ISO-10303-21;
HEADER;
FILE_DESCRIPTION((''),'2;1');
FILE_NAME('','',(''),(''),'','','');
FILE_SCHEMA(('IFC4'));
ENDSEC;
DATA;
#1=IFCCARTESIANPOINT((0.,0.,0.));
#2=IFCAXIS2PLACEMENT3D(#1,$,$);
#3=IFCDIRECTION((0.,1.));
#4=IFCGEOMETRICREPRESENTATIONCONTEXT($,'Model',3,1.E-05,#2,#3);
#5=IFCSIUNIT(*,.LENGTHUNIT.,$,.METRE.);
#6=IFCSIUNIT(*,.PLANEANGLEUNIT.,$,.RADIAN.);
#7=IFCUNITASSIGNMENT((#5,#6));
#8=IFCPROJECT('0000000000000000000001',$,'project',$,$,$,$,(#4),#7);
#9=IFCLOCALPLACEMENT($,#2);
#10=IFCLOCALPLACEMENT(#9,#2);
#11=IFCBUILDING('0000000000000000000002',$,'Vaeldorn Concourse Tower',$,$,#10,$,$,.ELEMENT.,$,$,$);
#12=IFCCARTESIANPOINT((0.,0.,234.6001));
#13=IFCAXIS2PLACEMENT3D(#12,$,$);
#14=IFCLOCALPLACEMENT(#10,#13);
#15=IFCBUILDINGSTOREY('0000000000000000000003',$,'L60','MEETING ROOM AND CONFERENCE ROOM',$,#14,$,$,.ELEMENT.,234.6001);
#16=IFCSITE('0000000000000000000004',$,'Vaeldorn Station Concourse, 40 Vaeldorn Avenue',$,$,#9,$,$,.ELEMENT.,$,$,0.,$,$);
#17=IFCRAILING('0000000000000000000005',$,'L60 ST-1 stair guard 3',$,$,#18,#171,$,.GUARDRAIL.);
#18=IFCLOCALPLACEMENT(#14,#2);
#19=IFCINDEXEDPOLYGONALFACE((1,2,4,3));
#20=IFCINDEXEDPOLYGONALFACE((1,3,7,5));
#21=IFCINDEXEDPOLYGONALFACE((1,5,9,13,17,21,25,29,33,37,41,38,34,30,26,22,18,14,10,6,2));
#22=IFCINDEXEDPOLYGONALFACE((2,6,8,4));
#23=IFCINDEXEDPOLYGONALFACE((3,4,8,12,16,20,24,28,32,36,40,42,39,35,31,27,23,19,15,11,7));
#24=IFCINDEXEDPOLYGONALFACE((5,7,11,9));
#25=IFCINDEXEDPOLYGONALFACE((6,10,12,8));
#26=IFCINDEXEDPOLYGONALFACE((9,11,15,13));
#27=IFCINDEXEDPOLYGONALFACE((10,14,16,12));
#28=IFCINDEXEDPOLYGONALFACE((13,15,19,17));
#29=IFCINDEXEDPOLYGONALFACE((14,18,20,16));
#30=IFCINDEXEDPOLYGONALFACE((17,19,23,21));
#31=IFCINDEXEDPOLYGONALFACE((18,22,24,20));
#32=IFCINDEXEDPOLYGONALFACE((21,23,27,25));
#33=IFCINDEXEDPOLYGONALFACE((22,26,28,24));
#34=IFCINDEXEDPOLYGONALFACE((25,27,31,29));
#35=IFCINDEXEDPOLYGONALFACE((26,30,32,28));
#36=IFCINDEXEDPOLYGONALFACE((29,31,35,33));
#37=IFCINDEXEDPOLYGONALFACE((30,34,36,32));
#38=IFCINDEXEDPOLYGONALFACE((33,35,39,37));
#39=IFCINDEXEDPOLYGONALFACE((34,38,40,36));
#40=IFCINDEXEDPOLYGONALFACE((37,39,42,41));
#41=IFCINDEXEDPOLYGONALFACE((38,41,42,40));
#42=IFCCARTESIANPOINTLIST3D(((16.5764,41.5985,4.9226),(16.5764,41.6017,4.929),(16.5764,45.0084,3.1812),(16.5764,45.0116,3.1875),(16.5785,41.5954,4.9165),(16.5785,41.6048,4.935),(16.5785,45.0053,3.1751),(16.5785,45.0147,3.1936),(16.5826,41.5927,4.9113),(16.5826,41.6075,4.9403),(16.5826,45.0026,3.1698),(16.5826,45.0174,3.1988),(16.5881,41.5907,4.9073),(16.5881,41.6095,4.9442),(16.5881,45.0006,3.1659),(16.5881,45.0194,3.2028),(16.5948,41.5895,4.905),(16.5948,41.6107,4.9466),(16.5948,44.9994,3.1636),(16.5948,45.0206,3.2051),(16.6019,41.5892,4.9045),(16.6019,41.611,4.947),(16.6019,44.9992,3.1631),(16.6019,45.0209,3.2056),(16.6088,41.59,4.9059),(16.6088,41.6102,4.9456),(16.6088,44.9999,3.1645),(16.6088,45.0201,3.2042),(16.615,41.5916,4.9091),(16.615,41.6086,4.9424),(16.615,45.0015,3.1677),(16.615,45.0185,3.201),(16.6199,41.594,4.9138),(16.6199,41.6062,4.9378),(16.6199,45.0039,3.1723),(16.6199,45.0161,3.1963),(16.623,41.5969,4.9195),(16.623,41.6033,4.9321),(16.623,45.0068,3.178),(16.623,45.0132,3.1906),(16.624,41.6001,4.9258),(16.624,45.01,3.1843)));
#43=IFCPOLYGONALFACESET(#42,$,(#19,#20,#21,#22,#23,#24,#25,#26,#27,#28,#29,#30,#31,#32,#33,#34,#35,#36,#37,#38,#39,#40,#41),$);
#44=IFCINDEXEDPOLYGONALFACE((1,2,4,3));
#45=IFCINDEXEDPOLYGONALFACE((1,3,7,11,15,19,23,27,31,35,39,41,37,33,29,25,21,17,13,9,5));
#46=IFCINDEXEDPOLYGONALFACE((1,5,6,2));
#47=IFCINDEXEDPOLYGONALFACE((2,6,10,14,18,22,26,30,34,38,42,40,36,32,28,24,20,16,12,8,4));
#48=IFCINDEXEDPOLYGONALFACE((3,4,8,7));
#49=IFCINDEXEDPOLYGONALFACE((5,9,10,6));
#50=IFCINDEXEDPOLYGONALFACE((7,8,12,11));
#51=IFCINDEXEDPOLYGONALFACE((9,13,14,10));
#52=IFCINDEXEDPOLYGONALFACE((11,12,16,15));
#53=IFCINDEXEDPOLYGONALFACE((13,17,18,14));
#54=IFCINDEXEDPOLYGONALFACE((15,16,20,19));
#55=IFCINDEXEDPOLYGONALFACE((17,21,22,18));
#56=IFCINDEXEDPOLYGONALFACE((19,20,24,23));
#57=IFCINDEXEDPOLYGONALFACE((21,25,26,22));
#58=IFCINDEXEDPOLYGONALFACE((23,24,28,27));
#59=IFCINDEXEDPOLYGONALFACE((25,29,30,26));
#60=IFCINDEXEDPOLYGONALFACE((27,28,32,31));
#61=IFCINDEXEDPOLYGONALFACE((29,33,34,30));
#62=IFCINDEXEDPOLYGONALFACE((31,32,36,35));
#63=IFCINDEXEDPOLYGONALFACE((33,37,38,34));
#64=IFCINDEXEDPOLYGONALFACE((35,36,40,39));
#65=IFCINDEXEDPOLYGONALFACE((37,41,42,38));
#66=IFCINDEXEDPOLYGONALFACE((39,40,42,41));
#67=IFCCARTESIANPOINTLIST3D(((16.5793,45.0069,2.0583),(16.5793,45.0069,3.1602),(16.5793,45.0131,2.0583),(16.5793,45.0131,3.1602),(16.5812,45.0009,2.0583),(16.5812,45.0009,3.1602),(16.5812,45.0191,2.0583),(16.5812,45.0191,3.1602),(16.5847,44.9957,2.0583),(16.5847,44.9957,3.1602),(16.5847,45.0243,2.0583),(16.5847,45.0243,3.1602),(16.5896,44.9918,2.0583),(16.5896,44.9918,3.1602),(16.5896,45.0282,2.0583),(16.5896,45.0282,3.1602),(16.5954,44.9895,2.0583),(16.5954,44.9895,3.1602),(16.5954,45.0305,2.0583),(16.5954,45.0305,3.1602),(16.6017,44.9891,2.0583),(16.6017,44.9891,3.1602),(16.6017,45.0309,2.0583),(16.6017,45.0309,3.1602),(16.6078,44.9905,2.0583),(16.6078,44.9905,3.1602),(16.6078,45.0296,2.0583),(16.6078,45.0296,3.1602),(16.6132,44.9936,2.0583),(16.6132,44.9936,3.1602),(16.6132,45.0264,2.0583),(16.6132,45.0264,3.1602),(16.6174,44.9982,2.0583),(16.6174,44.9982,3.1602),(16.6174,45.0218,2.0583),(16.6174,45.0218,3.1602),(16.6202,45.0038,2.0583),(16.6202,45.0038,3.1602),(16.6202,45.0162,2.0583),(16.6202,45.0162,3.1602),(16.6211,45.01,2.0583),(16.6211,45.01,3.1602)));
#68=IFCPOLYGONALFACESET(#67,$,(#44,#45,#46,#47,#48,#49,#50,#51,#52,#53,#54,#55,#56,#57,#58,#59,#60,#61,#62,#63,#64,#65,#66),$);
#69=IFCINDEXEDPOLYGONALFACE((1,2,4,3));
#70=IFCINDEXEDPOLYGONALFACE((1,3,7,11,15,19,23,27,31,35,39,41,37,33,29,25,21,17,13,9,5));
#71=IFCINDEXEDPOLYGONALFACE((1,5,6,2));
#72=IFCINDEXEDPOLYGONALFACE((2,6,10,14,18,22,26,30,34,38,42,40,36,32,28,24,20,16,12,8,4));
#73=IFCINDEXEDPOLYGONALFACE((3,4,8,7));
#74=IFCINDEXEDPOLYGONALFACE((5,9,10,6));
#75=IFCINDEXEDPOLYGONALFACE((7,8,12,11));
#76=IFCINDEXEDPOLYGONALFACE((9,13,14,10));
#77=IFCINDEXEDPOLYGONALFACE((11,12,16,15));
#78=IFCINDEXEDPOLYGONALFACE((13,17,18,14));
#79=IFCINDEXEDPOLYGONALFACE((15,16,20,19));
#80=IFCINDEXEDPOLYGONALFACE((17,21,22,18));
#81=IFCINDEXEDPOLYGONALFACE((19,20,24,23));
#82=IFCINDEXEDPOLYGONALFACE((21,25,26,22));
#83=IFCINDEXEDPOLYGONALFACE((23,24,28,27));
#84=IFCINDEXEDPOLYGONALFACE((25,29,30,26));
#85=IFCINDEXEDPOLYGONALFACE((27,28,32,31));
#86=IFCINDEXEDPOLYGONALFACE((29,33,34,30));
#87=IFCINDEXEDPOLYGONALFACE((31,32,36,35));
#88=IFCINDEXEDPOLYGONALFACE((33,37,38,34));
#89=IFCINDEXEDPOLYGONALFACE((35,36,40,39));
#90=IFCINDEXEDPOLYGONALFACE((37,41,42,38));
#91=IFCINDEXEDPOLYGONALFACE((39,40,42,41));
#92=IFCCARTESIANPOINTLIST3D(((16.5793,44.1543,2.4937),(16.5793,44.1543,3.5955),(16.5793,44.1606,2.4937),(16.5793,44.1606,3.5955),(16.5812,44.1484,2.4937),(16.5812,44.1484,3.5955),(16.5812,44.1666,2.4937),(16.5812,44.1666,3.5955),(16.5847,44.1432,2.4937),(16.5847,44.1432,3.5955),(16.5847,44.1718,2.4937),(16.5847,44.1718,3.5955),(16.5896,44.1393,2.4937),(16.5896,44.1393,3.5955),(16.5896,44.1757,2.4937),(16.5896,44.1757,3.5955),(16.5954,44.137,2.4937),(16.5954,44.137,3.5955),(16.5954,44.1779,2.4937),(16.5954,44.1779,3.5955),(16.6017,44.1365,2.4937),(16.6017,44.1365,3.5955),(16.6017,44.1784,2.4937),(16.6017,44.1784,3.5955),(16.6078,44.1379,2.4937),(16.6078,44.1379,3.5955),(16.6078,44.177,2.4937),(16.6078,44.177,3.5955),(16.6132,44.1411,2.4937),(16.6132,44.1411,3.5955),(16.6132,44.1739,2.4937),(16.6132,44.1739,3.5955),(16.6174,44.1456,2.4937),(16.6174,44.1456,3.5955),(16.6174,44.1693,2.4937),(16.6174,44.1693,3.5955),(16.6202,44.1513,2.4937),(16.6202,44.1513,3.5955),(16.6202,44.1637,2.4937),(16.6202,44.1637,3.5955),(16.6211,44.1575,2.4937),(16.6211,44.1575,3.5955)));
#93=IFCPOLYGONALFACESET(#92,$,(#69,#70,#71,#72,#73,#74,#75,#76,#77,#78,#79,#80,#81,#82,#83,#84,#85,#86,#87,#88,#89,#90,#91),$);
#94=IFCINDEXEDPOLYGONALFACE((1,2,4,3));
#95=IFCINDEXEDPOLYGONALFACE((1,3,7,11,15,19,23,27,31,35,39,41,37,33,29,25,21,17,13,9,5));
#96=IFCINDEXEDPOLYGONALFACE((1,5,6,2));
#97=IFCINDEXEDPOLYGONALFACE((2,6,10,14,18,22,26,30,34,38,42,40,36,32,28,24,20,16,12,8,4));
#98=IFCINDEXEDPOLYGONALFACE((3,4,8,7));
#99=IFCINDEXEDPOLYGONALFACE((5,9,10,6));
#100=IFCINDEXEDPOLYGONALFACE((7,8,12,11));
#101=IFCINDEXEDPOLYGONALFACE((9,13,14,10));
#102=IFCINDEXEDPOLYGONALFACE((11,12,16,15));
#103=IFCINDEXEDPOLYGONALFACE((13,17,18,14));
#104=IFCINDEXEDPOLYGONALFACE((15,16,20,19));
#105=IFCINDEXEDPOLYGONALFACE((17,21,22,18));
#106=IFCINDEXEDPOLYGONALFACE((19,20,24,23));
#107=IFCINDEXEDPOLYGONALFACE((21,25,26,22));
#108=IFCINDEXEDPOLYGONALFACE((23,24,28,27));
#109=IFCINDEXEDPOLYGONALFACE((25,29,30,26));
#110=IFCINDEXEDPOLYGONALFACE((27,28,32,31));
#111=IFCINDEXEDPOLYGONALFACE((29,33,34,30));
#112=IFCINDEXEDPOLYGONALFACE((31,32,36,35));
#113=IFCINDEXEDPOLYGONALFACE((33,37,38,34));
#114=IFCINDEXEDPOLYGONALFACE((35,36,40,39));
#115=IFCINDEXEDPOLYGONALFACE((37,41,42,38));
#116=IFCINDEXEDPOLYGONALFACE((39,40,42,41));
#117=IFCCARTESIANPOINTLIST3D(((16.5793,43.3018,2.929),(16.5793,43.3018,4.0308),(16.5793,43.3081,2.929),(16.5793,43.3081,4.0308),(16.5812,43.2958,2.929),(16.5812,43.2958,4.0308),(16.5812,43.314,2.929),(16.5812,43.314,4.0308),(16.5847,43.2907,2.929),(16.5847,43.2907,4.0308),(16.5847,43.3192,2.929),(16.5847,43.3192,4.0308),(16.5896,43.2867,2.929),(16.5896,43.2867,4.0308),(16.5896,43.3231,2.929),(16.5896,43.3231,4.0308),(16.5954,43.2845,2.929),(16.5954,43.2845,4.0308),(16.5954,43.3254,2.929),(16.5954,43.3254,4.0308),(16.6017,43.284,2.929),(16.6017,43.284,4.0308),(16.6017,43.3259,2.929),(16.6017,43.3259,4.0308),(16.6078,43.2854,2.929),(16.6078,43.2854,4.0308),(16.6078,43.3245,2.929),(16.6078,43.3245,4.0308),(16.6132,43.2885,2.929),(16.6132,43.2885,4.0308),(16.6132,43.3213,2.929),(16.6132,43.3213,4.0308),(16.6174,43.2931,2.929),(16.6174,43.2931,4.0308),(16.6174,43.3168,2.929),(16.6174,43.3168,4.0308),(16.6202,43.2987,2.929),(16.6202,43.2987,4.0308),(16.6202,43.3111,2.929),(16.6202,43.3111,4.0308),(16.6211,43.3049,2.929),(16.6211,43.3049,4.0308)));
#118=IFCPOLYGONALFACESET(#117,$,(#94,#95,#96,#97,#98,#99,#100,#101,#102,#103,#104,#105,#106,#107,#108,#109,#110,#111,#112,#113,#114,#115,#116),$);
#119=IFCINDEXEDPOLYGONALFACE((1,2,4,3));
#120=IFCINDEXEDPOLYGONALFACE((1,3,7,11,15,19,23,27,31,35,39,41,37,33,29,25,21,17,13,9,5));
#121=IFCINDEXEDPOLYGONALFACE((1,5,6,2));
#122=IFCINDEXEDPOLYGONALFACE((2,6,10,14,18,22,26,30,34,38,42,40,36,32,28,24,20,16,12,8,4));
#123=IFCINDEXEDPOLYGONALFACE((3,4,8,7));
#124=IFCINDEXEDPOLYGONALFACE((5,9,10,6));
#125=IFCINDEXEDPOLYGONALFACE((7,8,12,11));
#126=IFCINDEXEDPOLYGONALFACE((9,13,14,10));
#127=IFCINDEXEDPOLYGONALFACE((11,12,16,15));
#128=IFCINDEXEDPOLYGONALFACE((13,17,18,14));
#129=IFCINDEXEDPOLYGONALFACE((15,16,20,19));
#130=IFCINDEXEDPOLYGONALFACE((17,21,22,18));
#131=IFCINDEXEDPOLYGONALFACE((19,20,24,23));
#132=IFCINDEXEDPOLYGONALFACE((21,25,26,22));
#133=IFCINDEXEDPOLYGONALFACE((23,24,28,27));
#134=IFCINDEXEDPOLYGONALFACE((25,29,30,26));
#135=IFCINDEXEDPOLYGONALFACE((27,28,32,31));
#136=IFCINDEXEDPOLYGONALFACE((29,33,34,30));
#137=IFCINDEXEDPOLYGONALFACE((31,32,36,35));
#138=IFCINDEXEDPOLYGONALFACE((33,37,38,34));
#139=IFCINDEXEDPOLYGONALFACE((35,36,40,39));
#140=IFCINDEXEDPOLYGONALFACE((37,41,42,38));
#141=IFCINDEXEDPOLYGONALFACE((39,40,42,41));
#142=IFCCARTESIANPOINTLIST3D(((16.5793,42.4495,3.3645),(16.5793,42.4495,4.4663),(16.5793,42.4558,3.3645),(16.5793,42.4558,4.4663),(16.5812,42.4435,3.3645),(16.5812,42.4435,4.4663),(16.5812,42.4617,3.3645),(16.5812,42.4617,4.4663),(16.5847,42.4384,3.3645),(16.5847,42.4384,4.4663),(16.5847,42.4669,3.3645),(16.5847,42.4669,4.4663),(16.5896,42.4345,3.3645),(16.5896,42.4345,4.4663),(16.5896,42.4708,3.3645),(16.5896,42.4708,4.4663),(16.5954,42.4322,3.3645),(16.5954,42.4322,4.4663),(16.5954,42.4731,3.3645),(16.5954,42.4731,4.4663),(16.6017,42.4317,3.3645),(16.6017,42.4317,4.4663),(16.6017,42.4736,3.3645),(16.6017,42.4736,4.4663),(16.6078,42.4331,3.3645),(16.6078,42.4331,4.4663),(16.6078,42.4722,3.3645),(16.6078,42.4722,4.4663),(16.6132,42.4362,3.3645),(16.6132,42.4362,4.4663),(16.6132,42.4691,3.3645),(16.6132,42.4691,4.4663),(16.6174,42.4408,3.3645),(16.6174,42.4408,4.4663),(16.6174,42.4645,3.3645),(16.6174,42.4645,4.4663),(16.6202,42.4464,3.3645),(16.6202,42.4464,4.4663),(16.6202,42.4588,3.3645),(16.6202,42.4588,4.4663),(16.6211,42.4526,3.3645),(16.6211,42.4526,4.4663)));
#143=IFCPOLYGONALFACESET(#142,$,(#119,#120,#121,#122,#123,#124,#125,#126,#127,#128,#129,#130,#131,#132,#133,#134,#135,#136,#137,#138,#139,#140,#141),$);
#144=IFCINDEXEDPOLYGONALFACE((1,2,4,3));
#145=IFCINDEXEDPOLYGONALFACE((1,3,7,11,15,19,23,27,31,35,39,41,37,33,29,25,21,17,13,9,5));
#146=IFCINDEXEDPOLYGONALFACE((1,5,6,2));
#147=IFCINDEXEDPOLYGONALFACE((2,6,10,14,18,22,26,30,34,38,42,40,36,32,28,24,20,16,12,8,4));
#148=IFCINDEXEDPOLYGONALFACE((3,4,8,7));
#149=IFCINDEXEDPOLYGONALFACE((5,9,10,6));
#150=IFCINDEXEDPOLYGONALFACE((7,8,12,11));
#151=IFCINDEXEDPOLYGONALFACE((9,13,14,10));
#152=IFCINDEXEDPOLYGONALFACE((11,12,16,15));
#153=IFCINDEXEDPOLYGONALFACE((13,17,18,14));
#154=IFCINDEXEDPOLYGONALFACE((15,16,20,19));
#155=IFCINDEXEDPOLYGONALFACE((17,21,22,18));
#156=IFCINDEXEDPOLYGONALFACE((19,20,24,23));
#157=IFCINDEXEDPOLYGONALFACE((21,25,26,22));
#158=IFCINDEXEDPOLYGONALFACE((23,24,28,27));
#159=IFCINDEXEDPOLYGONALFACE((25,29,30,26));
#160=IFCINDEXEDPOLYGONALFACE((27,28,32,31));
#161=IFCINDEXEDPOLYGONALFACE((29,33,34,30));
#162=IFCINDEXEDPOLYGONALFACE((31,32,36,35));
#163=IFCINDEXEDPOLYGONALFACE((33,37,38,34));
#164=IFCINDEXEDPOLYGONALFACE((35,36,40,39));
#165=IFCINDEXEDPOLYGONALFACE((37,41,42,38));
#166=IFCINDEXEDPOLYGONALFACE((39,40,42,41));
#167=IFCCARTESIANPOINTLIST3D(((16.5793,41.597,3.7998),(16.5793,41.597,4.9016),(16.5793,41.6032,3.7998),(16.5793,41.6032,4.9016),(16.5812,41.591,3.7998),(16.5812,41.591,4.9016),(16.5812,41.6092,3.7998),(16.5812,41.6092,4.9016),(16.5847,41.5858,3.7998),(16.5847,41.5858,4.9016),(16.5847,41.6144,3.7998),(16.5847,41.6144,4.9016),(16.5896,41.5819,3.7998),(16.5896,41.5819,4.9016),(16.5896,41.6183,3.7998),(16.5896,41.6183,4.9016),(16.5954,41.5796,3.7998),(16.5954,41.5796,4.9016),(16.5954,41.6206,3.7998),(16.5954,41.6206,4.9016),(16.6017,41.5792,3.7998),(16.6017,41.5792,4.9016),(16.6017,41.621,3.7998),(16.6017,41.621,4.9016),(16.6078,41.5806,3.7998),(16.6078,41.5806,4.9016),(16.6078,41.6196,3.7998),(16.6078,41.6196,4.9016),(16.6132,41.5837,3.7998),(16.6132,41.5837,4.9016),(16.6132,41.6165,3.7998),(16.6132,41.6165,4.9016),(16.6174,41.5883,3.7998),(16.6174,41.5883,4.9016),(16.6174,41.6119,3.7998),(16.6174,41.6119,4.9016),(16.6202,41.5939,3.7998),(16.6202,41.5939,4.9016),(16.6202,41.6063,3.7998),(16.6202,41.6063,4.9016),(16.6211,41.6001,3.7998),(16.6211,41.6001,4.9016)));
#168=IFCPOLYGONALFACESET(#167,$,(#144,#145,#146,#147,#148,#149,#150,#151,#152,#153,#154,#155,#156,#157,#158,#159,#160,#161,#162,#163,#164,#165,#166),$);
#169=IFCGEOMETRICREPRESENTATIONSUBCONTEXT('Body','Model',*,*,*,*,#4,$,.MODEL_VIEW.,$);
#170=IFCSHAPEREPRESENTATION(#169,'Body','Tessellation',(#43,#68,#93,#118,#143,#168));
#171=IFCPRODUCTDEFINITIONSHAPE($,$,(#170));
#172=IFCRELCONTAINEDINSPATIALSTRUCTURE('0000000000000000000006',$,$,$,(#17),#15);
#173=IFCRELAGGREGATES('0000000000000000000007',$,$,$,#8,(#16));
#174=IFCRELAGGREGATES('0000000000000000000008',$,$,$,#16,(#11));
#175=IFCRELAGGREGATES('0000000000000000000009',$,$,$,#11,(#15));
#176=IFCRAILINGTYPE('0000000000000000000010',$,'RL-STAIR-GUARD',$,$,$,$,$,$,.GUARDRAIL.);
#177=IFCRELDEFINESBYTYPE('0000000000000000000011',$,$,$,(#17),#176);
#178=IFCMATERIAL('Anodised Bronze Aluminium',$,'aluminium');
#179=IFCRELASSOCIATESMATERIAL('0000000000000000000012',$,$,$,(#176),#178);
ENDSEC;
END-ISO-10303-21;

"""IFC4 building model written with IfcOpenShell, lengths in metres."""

from ifc_helpers import new_model, si_unit, direction, frame, origin, origin_2d, place, context, subcontext, project, spatial, circle, extrude, material, type_object, element, save


model = new_model("IFC4")

# Units and contexts
model_context = context("Model", 3, precision=1e-05, world=origin(), true_north=direction((0.0, 1.0)))
body_context = subcontext(model_context, "Body", "Model", "MODEL_VIEW")
ifc_project = project(units=[si_unit("LENGTHUNIT", "METRE"), si_unit("PLANEANGLEUNIT", "RADIAN")], contexts=[model_context])

# Site, building, storey
site_placement = place(None, origin())
site = spatial("IfcSite", under=ifc_project, at=site_placement, Name="Vaeldorn Station Concourse, 40 Vaeldorn Avenue", CompositionType="ELEMENT", RefElevation=0.0)
building_placement = place(site_placement, origin())
building = spatial("IfcBuilding", under=site, at=building_placement, Name="Vaeldorn Concourse Tower", CompositionType="ELEMENT")
storey_placement = place(building_placement, frame((0.0, 0.0, 234.6001)))
storey = spatial("IfcBuildingStorey", under=building, at=storey_placement, Name="L60", Description="MEETING ROOM AND CONFERENCE ROOM", CompositionType="ELEMENT", Elevation=234.6001)

# Shared definitions
ifc_material_1 = material(Name="Anodised Bronze Aluminium", Category="aluminium")

# Railing
railing_type_1 = type_object("IfcRailingType", Name="RL-STAIR-GUARD", PredefinedType="GUARDRAIL", material=ifc_material_1)
railing_1_placement = place(storey_placement, frame((16.6001, 45.01, 2.0583)))
element("IfcRailing", 1, at=railing_1_placement, inside=storey, type_object=railing_type_1, Name="L60 ST-1 stair guard 3", PredefinedType="GUARDRAIL", context=body_context, shape_type="SweptSolid", body=[
    extrude(circle(Radius=0.0239, at=origin_2d()), frame((0.0, 0.0, 1.126), z_axis=(0.0, -0.890582, 0.454823), x_axis=(1.0, 0.0, 0.0)), (0.0, 0.0, 1.0), 3.8289),
    extrude(circle(Radius=0.021, at=origin_2d()), origin(), (0.0, 0.0, 1.0), 1.1018),
    extrude(circle(Radius=0.021, at=origin_2d()), frame((0.0, -0.8525, 0.4353)), (0.0, 0.0, 1.0), 1.1018),
    extrude(circle(Radius=0.021, at=origin_2d()), frame((0.0, -1.7051, 0.8706)), (0.0, 0.0, 1.0), 1.1018),
    extrude(circle(Radius=0.021, at=origin_2d()), frame((0.0, -2.5574, 1.3062)), (0.0, 0.0, 1.0), 1.1018),
    extrude(circle(Radius=0.021, at=origin_2d()), frame((0.0, -3.4099, 1.7415)), (0.0, 0.0, 1.0), 1.1018),
])

save(model, "model.ifc")
